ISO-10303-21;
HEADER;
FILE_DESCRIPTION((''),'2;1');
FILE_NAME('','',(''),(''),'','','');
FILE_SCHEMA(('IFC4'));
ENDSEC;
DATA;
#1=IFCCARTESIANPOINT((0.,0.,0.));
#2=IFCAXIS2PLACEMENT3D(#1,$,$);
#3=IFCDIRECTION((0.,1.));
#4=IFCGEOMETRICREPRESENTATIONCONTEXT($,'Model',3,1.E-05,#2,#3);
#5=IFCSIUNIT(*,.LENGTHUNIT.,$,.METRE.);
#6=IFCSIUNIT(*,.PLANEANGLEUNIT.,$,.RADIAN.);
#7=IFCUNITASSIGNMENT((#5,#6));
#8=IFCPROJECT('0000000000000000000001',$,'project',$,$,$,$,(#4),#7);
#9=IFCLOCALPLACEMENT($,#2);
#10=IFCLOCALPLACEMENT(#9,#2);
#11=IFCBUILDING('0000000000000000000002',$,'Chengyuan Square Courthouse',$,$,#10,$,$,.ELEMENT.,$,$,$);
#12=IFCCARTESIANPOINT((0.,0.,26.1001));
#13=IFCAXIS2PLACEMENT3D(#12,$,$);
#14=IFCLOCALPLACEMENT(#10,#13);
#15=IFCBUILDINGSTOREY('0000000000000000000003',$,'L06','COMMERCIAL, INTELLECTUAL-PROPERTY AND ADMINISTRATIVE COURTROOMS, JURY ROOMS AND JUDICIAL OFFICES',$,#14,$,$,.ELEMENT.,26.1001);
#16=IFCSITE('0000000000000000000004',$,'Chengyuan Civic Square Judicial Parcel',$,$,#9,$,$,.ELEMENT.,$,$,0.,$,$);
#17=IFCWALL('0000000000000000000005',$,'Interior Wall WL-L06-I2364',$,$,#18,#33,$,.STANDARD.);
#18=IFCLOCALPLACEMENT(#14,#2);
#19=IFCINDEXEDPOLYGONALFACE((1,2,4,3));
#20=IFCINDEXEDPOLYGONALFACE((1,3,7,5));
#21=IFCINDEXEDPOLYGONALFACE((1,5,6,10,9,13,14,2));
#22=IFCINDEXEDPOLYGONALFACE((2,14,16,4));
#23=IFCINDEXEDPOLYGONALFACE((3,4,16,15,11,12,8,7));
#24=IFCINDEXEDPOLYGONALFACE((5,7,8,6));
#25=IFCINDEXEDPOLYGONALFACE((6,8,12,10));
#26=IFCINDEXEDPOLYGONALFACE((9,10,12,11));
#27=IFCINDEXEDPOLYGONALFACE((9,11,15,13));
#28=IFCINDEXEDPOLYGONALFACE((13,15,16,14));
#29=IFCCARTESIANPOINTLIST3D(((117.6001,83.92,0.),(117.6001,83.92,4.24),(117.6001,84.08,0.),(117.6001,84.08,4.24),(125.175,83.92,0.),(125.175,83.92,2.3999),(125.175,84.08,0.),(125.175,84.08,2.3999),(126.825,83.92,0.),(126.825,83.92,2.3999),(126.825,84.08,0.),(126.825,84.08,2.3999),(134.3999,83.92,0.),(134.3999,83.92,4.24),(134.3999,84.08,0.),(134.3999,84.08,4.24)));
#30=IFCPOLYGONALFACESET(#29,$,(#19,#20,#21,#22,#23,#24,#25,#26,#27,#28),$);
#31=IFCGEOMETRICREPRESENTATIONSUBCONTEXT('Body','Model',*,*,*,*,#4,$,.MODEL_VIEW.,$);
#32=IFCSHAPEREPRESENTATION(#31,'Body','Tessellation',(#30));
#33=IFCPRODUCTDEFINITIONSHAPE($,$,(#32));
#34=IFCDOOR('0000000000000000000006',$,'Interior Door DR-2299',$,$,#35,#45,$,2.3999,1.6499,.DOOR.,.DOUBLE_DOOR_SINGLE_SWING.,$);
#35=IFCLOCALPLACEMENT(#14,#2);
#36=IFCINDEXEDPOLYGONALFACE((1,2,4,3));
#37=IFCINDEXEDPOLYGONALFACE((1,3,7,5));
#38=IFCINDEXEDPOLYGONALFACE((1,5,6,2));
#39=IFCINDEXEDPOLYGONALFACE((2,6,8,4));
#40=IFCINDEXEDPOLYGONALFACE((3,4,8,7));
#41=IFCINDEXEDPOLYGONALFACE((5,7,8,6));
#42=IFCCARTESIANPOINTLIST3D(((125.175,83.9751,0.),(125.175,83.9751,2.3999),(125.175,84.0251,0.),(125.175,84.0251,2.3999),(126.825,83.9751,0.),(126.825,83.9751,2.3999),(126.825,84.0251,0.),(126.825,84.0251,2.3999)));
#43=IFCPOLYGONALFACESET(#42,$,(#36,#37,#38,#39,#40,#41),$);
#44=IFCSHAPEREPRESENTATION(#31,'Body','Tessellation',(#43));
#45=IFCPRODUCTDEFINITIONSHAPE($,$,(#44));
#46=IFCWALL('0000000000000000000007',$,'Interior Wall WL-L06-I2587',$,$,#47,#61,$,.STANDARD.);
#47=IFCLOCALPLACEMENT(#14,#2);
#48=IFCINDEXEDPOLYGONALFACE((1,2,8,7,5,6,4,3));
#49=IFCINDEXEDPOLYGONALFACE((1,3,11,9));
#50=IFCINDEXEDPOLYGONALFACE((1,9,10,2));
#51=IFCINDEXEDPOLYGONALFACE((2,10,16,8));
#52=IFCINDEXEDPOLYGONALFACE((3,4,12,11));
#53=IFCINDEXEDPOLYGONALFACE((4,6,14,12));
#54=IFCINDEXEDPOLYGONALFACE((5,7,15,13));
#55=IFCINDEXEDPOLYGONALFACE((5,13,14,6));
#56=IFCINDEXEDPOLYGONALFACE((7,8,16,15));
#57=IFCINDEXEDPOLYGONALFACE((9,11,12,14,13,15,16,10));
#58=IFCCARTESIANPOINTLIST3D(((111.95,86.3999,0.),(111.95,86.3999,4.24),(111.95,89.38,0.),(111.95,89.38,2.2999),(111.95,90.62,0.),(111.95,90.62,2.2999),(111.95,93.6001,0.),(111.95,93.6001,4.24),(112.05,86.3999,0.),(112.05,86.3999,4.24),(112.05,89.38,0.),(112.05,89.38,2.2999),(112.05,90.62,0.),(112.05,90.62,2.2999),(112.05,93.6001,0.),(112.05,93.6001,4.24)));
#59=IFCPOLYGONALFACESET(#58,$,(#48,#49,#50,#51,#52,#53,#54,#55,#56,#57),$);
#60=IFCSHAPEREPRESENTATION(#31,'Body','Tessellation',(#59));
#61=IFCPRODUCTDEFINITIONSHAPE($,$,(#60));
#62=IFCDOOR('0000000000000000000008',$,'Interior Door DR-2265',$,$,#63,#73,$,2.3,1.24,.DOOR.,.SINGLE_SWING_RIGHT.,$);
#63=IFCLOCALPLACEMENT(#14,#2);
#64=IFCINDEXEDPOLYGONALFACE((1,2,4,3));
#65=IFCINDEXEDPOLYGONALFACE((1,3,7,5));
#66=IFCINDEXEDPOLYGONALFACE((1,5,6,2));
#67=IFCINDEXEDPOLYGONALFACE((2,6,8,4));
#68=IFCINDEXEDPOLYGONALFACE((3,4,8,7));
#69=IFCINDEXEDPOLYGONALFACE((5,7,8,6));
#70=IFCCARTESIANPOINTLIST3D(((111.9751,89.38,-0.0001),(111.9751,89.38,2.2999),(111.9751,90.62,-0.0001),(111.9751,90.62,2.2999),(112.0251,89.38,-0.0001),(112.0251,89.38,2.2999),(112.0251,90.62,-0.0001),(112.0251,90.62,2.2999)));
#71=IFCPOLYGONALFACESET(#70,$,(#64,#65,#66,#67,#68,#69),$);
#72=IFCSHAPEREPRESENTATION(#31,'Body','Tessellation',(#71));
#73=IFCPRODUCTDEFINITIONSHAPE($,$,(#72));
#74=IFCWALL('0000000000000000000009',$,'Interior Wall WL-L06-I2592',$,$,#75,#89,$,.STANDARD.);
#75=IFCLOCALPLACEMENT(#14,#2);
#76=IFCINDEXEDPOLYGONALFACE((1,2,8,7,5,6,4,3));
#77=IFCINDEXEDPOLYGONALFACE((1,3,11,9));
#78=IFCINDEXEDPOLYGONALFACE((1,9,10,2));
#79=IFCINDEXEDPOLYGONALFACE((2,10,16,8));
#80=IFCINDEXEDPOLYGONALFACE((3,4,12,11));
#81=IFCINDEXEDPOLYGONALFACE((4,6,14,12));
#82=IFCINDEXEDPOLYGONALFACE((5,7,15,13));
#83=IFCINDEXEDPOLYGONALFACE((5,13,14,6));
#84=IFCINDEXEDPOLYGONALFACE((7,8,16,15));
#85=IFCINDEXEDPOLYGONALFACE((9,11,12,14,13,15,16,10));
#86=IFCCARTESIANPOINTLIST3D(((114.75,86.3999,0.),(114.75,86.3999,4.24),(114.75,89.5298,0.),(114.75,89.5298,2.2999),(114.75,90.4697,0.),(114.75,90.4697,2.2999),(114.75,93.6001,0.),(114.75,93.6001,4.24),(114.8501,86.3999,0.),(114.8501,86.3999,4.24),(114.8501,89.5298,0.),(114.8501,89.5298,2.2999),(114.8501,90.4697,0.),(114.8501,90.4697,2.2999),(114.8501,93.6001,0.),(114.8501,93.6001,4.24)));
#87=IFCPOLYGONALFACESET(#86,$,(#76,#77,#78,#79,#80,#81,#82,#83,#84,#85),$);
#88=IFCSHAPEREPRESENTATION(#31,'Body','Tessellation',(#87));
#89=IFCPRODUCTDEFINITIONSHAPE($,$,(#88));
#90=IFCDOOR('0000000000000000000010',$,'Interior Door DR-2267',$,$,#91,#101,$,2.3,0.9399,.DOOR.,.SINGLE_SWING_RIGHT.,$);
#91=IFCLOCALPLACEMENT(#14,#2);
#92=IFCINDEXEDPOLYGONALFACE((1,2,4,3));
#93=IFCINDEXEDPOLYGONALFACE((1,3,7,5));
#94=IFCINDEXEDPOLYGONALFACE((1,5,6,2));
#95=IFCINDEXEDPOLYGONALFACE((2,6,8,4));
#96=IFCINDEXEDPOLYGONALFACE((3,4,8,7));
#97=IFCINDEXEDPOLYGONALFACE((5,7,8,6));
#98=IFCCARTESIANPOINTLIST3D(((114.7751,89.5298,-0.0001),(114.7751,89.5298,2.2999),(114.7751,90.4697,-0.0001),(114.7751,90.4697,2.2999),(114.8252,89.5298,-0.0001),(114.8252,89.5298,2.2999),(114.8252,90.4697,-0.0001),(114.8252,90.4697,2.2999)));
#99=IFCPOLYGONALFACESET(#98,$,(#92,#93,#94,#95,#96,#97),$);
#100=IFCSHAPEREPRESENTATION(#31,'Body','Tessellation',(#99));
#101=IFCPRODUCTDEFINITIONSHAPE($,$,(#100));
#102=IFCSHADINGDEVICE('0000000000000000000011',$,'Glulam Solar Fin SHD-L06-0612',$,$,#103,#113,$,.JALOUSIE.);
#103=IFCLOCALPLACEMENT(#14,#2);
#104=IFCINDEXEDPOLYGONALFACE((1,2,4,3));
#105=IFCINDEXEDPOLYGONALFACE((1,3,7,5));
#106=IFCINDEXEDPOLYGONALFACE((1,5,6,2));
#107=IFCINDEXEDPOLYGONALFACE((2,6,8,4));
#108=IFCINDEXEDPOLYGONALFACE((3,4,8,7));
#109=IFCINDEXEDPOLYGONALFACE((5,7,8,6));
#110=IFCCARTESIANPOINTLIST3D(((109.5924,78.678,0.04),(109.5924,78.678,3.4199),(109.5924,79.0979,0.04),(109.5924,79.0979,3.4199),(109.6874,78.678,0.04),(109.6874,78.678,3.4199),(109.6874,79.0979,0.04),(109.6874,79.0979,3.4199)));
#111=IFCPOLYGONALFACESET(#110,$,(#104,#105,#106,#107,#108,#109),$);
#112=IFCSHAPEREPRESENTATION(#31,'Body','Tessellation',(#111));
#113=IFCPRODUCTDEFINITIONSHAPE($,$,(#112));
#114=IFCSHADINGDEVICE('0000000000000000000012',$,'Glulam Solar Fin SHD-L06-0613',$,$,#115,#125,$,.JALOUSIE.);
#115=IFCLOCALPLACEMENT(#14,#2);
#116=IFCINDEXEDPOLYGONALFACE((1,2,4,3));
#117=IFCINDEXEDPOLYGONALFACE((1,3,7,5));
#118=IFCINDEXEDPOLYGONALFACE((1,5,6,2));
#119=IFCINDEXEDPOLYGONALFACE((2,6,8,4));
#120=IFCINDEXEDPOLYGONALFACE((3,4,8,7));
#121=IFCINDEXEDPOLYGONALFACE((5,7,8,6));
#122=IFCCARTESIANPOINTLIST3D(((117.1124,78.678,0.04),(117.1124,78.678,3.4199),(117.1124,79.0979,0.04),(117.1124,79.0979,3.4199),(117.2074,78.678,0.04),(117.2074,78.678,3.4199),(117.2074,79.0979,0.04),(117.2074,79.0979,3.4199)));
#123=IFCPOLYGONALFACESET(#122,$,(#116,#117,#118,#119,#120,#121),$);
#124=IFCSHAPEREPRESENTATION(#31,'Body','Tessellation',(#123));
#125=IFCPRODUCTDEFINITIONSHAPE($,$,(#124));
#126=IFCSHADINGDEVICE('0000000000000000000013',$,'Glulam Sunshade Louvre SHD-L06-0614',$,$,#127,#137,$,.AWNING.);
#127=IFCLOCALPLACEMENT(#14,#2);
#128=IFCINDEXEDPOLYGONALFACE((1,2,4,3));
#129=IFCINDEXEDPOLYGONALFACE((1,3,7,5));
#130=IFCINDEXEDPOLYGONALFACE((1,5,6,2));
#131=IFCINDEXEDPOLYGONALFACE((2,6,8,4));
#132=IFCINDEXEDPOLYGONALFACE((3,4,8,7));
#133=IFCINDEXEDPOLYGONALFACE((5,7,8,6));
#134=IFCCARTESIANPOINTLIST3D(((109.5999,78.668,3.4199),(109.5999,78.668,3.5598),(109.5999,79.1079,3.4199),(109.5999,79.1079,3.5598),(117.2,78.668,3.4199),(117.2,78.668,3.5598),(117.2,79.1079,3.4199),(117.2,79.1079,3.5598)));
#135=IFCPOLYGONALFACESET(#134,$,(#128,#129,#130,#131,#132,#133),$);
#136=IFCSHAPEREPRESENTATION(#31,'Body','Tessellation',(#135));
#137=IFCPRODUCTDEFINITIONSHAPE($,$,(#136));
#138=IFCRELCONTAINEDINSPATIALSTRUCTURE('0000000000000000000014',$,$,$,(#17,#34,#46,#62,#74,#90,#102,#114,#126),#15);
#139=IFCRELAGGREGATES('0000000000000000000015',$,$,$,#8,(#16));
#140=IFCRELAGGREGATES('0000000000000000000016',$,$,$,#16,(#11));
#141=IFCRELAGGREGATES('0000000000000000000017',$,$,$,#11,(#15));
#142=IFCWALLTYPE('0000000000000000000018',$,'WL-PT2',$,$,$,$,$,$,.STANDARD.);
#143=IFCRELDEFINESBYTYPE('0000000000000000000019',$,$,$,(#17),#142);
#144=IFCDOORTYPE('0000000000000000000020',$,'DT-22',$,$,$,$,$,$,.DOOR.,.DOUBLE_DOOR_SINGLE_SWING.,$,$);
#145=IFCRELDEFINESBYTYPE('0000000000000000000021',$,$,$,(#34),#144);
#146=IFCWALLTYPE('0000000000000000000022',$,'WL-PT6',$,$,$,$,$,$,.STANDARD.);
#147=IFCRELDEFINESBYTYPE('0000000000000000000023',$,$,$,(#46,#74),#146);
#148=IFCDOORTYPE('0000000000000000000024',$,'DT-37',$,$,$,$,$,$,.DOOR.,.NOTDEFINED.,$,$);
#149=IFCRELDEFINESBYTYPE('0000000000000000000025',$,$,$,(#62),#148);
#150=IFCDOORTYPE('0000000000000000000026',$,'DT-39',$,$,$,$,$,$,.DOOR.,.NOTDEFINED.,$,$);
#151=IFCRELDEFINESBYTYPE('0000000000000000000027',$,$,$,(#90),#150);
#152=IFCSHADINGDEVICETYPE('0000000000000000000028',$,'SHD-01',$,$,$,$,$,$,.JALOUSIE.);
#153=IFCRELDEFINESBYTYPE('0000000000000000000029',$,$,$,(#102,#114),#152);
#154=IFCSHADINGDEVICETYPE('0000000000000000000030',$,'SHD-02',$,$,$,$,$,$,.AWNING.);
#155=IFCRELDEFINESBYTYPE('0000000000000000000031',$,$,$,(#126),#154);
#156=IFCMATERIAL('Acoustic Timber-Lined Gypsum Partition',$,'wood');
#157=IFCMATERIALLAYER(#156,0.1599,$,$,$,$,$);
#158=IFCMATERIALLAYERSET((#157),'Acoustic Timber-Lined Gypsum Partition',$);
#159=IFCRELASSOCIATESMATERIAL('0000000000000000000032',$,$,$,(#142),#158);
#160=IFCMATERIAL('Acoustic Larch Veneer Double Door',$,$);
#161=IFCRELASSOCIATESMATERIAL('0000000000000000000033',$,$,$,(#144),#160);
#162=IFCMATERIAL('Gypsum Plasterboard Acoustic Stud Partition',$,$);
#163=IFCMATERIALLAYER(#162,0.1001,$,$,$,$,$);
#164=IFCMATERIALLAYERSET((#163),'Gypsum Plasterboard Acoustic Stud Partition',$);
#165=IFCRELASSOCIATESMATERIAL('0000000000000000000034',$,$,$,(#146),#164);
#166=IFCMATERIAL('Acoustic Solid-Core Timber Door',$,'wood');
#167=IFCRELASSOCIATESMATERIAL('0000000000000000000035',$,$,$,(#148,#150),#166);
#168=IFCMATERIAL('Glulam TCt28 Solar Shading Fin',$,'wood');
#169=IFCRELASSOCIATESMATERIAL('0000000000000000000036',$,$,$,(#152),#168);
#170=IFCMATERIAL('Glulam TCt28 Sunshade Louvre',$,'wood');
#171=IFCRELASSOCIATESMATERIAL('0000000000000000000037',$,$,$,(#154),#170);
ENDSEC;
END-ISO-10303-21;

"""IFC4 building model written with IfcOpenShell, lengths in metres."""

from ifc_helpers import new_model, si_unit, direction, frame, frame_2d, origin, origin_2d, place, context, subcontext, project, spatial, rectangle, extrude, material, layer, layer_set, type_object, element, fill, save


model = new_model("IFC4")

# Units and contexts
model_context = context("Model", 3, precision=1e-05, world=origin(), true_north=direction((0.0, 1.0)))
body_context = subcontext(model_context, "Body", "Model", "MODEL_VIEW")
ifc_project = project(units=[si_unit("LENGTHUNIT", "METRE"), si_unit("PLANEANGLEUNIT", "RADIAN")], contexts=[model_context])

# Site, building, storey
site_placement = place(None, origin())
site = spatial("IfcSite", under=ifc_project, at=site_placement, Name="Chengyuan Civic Square Judicial Parcel", CompositionType="ELEMENT", RefElevation=0.0)
building_placement = place(site_placement, origin())
building = spatial("IfcBuilding", under=site, at=building_placement, Name="Chengyuan Square Courthouse", CompositionType="ELEMENT")
storey_placement = place(building_placement, frame((0.0, 0.0, 26.1001)))
storey = spatial("IfcBuildingStorey", under=building, at=storey_placement, Name="L06", Description="COMMERCIAL, INTELLECTUAL-PROPERTY AND ADMINISTRATIVE COURTROOMS, JURY ROOMS AND JUDICIAL OFFICES", CompositionType="ELEMENT", Elevation=26.1001)

# Walls, openings, doors
ifc_material_1 = material(Name="Acoustic Timber-Lined Gypsum Partition", Category="wood")
ifc_layer_1 = layer(ifc_material_1, 0.1599)
ifc_layer_set_1 = layer_set([ifc_layer_1], Name="Acoustic Timber-Lined Gypsum Partition")
wall_type_1 = type_object("IfcWallType", Name="WL-PT2", PredefinedType="STANDARD", material=ifc_layer_set_1)
wall_1_placement = place(storey_placement, frame((117.6001, 84.0, 0.0), z_axis=(0.0, 0.0, 1.0), x_axis=(1.0, 0.0, 0.0)))
wall_1 = element("IfcWall", 1, at=wall_1_placement, inside=storey, type_object=wall_type_1, Name="Interior Wall WL-L06-I2364", PredefinedType="STANDARD", context=body_context, shape_type="SweptSolid", body=[
    extrude(rectangle(XDim=16.7998, YDim=0.1599, at=frame_2d((8.3999, 0.0))), origin(), (0.0, 0.0, 1.0), 4.24),
])
opening_1_placement = place(wall_1_placement, frame((7.575, 0.0, 0.0)))
opening_1 = element("IfcOpeningElement", 2, at=opening_1_placement, cuts=wall_1, PredefinedType="OPENING", context=body_context, shape_type="SweptSolid", body=[
    extrude(rectangle(XDim=1.6499, YDim=2.3999, at=frame_2d((0.825, 1.2))), frame((0.0, 0.092, 0.0), z_axis=(0.0, -1.0, 0.0), x_axis=(1.0, 0.0, 0.0)), (0.0, 0.0, 1.0), 0.1838),
])
ifc_material_2 = material(Name="Acoustic Larch Veneer Double Door")
door_type_1 = type_object("IfcDoorType", Name="DT-22", OperationType="DOUBLE_DOOR_SINGLE_SWING", PredefinedType="DOOR", material=ifc_material_2)
door_1_placement = place(opening_1_placement, frame((1.6499, 0.0, 0.0), z_axis=(0.0, 0.0, 1.0), x_axis=(-1.0, 0.0, 0.0)))
door_1 = element("IfcDoor", 3, at=door_1_placement, inside=storey, type_object=door_type_1, Name="Interior Door DR-2299", OperationType="DOUBLE_DOOR_SINGLE_SWING", OverallHeight=2.3999, OverallWidth=1.6499, PredefinedType="DOOR", context=body_context, shape_type="SweptSolid", body=[
    extrude(rectangle(XDim=1.6499, YDim=2.3999, at=frame_2d((0.825, 1.2))), frame((0.0, 0.0249, 0.0), z_axis=(0.0, -1.0, 0.0), x_axis=(1.0, 0.0, 0.0)), (0.0, 0.0, 1.0), 0.05),
])
fill(opening_1, door_1)
ifc_material_3 = material(Name="Gypsum Plasterboard Acoustic Stud Partition")
ifc_layer_2 = layer(ifc_material_3, 0.1001)
ifc_layer_set_2 = layer_set([ifc_layer_2], Name="Gypsum Plasterboard Acoustic Stud Partition")
wall_type_2 = type_object("IfcWallType", Name="WL-PT6", PredefinedType="STANDARD", material=ifc_layer_set_2)
wall_2_placement = place(storey_placement, frame((112.0, 86.3999, 0.0), z_axis=(0.0, 0.0, 1.0), x_axis=(0.0, 1.0, 0.0)))
wall_2 = element("IfcWall", 4, at=wall_2_placement, inside=storey, type_object=wall_type_2, Name="Interior Wall WL-L06-I2587", PredefinedType="STANDARD", context=body_context, shape_type="SweptSolid", body=[
    extrude(rectangle(XDim=7.2002, YDim=0.1001, at=frame_2d((3.6001, 0.0))), origin(), (0.0, 0.0, 1.0), 4.24),
])
opening_2_placement = place(wall_2_placement, frame((2.98, 0.0, 0.0)))
opening_2 = element("IfcOpeningElement", 5, at=opening_2_placement, cuts=wall_2, PredefinedType="OPENING", context=body_context, shape_type="SweptSolid", body=[
    extrude(rectangle(XDim=1.24, YDim=2.3, at=frame_2d((0.6201, 1.1499))), frame((0.0, 0.062, 0.0), z_axis=(0.0, -1.0, 0.0), x_axis=(1.0, 0.0, 0.0)), (0.0, 0.0, 1.0), 0.124),
])
ifc_material_4 = material(Name="Acoustic Solid-Core Timber Door", Category="wood")
door_type_2 = type_object("IfcDoorType", Name="DT-37", OperationType="NOTDEFINED", PredefinedType="DOOR", material=ifc_material_4)
door_2_placement = place(opening_2_placement, origin())
door_2 = element("IfcDoor", 6, at=door_2_placement, inside=storey, type_object=door_type_2, Name="Interior Door DR-2265", OperationType="SINGLE_SWING_RIGHT", OverallHeight=2.3, OverallWidth=1.24, PredefinedType="DOOR", context=body_context, shape_type="SweptSolid", body=[
    extrude(rectangle(XDim=1.24, YDim=2.3, at=frame_2d((0.6201, 1.1499))), frame((0.0, 0.0249, 0.0), z_axis=(0.0, -1.0, 0.0), x_axis=(1.0, 0.0, 0.0)), (0.0, 0.0, 1.0), 0.05),
])
fill(opening_2, door_2)
wall_3_placement = place(storey_placement, frame((114.8, 86.3999, 0.0), z_axis=(0.0, 0.0, 1.0), x_axis=(0.0, 1.0, 0.0)))
wall_3 = element("IfcWall", 7, at=wall_3_placement, inside=storey, type_object=wall_type_2, Name="Interior Wall WL-L06-I2592", PredefinedType="STANDARD", context=body_context, shape_type="SweptSolid", body=[
    extrude(rectangle(XDim=7.2002, YDim=0.1001, at=frame_2d((3.6001, 0.0))), origin(), (0.0, 0.0, 1.0), 4.24),
])
opening_3_placement = place(wall_3_placement, frame((3.1299, 0.0, 0.0)))
opening_3 = element("IfcOpeningElement", 8, at=opening_3_placement, cuts=wall_3, PredefinedType="OPENING", context=body_context, shape_type="SweptSolid", body=[
    extrude(rectangle(XDim=0.9399, YDim=2.3, at=frame_2d((0.47, 1.1499))), frame((0.0, 0.062, 0.0), z_axis=(0.0, -1.0, 0.0), x_axis=(1.0, 0.0, 0.0)), (0.0, 0.0, 1.0), 0.124),
])
door_type_3 = type_object("IfcDoorType", Name="DT-39", OperationType="NOTDEFINED", PredefinedType="DOOR", material=ifc_material_4)
door_3_placement = place(opening_3_placement, origin())
door_3 = element("IfcDoor", 9, at=door_3_placement, inside=storey, type_object=door_type_3, Name="Interior Door DR-2267", OperationType="SINGLE_SWING_RIGHT", OverallHeight=2.3, OverallWidth=0.9399, PredefinedType="DOOR", context=body_context, shape_type="SweptSolid", body=[
    extrude(rectangle(XDim=0.9399, YDim=2.3, at=frame_2d((0.47, 1.1499))), frame((0.0, 0.0249, 0.0), z_axis=(0.0, -1.0, 0.0), x_axis=(1.0, 0.0, 0.0)), (0.0, 0.0, 1.0), 0.05),
])
fill(opening_3, door_3)

# Shading devices
ifc_material_5 = material(Name="Glulam TCt28 Solar Shading Fin", Category="wood")
shading_device_type_1 = type_object("IfcShadingDeviceType", Name="SHD-01", PredefinedType="JALOUSIE", material=ifc_material_5)
for number, where, z_axis, x_axis, name in (
    (10, (109.6399, 78.8879, 0.04), (0.0, 0.0, 1.0), (0.0, 1.0, 0.0), "Glulam Solar Fin SHD-L06-0612"),
    (11, (117.1599, 78.8879, 0.04), (0.0, 0.0, 1.0), (0.0, 1.0, 0.0), "Glulam Solar Fin SHD-L06-0613"),
):
    element("IfcShadingDevice", number, at=place(storey_placement, frame(where, z_axis=z_axis, x_axis=x_axis)), inside=storey, type_object=shading_device_type_1, Name=name, PredefinedType="JALOUSIE", context=body_context, shape_type="SweptSolid", body=[
        extrude(rectangle(XDim=0.4199, YDim=0.095, at=origin_2d()), origin(), (0.0, 0.0, 1.0), 3.3799),
    ])
ifc_material_6 = material(Name="Glulam TCt28 Sunshade Louvre", Category="wood")
shading_device_type_2 = type_object("IfcShadingDeviceType", Name="SHD-02", PredefinedType="AWNING", material=ifc_material_6)
shading_device_placement = place(storey_placement, frame((113.3999, 78.8879, 3.4199), z_axis=(0.0, 0.0, 1.0), x_axis=(1.0, 0.0, 0.0)))
element("IfcShadingDevice", 12, at=shading_device_placement, inside=storey, type_object=shading_device_type_2, Name="Glulam Sunshade Louvre SHD-L06-0614", PredefinedType="AWNING", context=body_context, shape_type="SweptSolid", body=[
    extrude(rectangle(XDim=7.6001, YDim=0.4399, at=origin_2d()), origin(), (0.0, 0.0, 1.0), 0.1399),
])

save(model, "model.ifc")
